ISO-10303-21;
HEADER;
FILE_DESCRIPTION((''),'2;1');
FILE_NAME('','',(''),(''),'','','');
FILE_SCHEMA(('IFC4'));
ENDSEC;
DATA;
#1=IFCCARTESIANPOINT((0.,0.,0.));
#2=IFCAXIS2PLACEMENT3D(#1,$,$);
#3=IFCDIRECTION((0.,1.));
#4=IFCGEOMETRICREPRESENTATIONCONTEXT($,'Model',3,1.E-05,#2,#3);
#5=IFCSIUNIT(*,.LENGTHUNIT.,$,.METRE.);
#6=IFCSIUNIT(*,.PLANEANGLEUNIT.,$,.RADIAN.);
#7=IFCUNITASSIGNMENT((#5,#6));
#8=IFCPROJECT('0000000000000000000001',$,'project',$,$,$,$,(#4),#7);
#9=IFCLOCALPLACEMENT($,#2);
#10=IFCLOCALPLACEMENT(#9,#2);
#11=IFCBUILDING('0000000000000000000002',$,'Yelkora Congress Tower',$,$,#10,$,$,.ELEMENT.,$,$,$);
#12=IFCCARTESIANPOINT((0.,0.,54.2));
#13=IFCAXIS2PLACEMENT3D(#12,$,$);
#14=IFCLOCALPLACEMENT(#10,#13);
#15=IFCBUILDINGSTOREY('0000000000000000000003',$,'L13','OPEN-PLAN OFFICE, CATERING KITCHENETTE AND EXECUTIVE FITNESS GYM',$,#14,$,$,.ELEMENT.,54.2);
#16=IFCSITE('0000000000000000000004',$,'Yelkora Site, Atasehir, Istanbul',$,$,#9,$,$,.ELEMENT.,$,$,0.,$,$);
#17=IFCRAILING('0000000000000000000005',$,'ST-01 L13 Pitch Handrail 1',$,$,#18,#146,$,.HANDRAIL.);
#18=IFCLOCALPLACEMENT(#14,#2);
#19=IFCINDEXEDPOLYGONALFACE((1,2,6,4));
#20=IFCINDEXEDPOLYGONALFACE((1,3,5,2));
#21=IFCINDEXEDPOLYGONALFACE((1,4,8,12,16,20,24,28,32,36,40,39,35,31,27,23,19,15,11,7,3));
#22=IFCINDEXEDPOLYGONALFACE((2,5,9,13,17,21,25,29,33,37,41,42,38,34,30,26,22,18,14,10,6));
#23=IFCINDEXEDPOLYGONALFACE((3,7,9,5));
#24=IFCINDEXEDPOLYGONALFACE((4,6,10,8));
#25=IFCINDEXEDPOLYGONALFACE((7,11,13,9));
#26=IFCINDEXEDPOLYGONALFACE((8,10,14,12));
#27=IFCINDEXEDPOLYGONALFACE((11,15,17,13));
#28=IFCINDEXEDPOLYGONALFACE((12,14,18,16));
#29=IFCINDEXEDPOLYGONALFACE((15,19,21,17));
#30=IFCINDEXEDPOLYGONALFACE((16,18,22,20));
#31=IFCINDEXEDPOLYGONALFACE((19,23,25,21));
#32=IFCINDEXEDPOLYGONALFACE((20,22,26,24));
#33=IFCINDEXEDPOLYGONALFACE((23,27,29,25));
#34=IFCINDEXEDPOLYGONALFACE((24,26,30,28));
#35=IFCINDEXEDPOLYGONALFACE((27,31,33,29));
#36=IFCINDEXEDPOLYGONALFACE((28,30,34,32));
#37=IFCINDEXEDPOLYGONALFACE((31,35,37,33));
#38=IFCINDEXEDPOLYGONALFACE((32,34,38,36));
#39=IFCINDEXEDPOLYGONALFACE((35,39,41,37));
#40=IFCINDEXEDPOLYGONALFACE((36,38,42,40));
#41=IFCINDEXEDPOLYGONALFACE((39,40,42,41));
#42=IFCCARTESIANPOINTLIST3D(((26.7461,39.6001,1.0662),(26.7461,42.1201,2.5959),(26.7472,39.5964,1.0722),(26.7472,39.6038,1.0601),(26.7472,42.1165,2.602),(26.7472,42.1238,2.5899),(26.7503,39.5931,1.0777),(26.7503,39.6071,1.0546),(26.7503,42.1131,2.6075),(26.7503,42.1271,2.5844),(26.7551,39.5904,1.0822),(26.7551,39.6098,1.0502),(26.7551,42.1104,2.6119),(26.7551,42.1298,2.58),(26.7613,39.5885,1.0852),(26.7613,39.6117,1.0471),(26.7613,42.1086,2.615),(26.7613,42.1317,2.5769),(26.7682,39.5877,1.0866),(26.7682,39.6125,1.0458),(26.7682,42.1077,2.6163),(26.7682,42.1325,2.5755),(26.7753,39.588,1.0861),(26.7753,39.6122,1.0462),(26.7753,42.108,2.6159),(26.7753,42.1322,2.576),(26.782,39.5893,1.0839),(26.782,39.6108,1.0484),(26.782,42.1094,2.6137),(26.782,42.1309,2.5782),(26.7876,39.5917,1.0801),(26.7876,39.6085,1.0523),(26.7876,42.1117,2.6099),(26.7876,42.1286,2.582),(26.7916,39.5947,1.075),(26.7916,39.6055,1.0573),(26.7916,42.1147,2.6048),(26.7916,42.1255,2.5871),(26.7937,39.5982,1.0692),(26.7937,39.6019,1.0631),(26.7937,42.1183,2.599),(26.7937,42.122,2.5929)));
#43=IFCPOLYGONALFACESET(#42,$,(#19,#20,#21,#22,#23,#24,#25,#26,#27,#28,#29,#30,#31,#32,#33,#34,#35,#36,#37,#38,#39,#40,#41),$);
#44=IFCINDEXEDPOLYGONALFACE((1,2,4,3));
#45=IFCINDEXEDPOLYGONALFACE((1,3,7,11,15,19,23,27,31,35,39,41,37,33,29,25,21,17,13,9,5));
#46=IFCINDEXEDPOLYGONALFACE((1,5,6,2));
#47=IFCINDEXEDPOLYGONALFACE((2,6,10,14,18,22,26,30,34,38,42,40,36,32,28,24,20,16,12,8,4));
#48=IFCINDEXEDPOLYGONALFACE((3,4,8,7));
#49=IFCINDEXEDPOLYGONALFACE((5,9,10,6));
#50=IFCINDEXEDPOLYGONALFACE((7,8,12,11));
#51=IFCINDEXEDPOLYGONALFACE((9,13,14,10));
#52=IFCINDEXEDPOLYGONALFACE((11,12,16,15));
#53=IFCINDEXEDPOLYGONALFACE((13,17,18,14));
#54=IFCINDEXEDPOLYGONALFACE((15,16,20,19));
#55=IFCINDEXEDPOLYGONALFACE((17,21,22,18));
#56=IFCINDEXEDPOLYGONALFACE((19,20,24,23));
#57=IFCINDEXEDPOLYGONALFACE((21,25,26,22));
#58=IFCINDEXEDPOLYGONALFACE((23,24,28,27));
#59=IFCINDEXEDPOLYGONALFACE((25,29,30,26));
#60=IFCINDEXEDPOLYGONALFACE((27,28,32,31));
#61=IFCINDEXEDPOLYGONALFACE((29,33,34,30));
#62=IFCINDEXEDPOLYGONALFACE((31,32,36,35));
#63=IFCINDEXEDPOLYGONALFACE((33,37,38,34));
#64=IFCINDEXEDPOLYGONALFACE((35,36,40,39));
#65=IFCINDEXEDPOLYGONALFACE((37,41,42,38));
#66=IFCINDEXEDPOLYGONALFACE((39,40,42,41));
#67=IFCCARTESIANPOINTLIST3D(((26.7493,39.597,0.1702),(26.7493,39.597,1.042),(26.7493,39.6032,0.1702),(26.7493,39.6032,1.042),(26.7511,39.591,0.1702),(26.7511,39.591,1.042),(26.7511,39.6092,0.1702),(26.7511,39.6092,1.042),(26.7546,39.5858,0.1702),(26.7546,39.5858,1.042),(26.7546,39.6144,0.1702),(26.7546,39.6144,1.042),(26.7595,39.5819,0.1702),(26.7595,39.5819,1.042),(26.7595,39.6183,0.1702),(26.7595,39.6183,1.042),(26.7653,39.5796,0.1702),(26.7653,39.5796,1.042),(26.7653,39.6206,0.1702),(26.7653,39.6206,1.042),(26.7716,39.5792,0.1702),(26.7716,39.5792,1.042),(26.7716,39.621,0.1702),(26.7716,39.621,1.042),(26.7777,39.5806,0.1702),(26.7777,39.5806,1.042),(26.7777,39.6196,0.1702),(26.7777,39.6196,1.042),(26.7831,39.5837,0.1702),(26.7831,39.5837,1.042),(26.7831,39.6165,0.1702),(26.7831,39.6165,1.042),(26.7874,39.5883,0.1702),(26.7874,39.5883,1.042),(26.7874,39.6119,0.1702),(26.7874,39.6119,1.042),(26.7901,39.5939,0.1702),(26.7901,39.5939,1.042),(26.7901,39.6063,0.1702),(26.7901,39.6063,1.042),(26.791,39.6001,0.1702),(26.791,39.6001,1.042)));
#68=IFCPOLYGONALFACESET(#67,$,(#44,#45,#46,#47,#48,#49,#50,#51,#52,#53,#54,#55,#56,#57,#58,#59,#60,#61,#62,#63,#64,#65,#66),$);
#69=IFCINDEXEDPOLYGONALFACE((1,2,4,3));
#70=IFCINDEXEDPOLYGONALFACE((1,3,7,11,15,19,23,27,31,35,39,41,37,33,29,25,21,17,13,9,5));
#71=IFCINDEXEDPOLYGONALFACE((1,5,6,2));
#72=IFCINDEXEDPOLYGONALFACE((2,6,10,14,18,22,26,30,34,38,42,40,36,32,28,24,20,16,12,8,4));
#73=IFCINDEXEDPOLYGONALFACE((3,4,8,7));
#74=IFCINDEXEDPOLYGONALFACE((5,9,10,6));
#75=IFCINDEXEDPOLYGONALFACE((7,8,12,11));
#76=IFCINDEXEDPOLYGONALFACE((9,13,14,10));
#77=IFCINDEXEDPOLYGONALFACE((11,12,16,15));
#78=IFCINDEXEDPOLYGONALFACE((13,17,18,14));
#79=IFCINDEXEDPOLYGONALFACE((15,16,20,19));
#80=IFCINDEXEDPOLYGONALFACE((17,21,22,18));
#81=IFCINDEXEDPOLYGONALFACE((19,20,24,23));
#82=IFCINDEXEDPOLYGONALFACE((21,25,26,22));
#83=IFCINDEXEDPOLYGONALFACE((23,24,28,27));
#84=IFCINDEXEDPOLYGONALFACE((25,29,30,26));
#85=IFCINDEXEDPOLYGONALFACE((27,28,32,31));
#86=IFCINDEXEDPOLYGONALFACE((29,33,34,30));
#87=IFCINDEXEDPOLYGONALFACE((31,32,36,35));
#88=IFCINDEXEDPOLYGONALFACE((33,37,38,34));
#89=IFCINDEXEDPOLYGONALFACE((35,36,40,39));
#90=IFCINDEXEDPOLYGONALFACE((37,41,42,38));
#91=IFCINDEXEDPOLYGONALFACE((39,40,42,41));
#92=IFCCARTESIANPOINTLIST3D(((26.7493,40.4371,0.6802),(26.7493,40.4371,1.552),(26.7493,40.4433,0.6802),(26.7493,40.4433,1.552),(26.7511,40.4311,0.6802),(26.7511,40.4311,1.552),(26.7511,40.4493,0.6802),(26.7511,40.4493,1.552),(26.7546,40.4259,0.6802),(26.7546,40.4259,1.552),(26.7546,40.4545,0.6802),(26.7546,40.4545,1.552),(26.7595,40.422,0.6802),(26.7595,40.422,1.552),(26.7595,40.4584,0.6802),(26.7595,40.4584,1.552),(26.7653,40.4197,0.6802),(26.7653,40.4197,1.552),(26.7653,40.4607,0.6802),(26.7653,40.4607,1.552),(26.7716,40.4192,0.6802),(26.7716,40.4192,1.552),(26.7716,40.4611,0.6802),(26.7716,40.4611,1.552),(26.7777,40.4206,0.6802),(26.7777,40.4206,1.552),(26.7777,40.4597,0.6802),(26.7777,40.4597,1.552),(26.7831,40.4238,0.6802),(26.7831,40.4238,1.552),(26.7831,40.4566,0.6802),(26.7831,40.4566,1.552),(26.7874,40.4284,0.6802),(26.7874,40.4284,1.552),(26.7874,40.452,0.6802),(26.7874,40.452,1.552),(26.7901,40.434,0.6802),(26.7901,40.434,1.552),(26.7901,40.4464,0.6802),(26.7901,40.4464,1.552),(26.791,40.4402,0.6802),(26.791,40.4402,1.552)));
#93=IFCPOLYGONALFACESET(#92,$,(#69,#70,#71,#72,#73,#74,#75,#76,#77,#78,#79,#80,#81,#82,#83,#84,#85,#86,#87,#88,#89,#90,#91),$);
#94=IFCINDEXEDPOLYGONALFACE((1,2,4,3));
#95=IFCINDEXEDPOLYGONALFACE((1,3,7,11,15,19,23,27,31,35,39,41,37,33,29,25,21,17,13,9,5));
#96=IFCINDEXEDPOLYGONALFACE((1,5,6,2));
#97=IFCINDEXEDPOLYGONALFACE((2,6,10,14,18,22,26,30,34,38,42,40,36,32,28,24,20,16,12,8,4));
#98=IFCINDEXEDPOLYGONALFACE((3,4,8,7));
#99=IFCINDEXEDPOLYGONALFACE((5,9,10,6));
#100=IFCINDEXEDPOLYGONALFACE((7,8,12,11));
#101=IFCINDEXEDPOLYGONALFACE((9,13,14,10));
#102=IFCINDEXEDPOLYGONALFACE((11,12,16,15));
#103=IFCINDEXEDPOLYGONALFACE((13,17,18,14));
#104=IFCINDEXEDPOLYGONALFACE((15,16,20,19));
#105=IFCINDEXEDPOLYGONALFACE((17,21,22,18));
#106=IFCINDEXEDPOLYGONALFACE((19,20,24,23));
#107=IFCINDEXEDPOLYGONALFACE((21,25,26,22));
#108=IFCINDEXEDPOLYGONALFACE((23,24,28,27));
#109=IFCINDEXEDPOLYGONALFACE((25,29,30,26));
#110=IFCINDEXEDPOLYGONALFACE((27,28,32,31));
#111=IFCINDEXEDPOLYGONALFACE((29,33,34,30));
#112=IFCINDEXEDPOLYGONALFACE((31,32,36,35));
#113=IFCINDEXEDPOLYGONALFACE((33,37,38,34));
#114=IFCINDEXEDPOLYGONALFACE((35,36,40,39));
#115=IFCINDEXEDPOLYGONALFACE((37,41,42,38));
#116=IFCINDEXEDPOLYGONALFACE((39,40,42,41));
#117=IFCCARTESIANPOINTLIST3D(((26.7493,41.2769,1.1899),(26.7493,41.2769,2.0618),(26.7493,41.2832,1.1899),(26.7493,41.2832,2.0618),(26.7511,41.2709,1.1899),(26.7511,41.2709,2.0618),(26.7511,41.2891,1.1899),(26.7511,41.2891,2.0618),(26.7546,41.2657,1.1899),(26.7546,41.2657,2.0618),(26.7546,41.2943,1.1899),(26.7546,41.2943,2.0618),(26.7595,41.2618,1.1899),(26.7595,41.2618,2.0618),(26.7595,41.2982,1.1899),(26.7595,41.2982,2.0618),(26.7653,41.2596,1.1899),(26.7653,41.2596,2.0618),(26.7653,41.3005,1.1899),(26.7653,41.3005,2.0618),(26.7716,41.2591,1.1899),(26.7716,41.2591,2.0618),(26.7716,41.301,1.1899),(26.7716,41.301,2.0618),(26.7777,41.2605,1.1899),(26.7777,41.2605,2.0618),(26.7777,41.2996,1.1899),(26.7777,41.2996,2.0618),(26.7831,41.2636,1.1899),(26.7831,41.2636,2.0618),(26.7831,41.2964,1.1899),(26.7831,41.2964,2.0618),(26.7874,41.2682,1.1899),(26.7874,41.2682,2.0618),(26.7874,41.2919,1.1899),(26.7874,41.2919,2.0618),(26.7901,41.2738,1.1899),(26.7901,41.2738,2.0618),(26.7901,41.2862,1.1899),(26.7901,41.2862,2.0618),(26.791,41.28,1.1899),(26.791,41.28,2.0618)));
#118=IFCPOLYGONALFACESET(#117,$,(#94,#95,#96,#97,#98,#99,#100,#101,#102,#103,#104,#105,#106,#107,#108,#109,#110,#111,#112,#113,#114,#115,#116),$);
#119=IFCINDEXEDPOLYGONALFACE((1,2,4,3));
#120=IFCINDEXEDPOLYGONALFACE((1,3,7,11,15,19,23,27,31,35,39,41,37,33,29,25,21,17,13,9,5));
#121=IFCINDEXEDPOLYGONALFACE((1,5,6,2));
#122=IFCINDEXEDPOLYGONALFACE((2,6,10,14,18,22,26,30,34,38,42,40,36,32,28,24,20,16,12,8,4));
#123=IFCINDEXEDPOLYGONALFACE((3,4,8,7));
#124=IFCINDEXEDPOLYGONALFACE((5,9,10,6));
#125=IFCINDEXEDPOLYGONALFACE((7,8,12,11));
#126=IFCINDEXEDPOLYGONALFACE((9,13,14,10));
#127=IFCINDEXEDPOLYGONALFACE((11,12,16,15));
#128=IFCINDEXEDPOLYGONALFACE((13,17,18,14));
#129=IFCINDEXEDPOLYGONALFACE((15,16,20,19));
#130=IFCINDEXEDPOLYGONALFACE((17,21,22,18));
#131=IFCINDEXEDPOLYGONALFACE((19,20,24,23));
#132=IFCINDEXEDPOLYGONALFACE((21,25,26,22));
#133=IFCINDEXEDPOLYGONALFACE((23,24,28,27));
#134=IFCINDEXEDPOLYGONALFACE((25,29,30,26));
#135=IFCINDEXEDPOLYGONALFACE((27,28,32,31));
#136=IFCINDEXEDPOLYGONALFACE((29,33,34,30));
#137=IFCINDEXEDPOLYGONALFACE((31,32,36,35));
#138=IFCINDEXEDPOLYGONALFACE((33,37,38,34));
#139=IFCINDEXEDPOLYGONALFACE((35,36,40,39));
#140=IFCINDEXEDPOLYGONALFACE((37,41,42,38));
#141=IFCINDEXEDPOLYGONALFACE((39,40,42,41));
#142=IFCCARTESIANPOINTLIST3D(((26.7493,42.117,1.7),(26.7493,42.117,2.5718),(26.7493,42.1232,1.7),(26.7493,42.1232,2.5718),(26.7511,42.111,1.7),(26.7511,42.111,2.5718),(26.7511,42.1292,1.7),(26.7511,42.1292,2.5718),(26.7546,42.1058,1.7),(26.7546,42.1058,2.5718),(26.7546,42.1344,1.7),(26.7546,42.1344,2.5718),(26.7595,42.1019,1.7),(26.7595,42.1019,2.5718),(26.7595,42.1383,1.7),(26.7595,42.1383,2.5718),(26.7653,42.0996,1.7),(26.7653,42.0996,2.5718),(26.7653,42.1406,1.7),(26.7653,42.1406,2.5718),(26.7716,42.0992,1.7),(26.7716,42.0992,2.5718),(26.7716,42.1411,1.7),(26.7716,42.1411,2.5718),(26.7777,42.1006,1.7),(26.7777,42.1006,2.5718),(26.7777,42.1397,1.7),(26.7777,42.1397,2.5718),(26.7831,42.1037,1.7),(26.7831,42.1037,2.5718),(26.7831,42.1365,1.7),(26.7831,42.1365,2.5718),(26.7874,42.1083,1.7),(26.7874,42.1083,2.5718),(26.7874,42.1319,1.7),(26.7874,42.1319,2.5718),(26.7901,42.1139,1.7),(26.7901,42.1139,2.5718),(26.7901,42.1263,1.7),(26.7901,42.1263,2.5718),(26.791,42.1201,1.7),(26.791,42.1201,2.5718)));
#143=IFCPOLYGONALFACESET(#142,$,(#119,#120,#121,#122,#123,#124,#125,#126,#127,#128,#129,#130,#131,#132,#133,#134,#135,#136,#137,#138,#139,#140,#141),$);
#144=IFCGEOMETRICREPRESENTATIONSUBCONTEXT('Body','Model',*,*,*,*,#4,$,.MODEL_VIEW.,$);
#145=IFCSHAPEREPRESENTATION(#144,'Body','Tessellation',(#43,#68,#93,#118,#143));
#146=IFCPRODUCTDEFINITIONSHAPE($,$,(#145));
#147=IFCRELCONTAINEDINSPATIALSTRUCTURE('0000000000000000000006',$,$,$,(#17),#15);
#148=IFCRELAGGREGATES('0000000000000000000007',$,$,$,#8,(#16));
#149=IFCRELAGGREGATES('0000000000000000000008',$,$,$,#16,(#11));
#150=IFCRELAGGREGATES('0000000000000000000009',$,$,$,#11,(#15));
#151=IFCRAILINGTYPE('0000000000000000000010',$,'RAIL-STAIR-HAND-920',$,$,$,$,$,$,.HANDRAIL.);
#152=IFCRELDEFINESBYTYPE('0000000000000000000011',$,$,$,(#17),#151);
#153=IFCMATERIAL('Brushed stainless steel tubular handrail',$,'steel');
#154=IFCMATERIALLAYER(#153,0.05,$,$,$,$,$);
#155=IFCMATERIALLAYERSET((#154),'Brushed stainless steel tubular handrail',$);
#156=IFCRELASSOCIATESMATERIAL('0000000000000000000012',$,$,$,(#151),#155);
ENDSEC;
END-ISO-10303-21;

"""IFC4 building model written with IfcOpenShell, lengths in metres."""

from ifc_helpers import new_model, si_unit, direction, frame, origin, origin_2d, place, context, subcontext, project, spatial, circle, extrude, material, layer, layer_set, type_object, element, save


model = new_model("IFC4")

# Units and contexts
model_context = context("Model", 3, precision=1e-05, world=origin(), true_north=direction((0.0, 1.0)))
body_context = subcontext(model_context, "Body", "Model", "MODEL_VIEW")
ifc_project = project(units=[si_unit("LENGTHUNIT", "METRE"), si_unit("PLANEANGLEUNIT", "RADIAN")], contexts=[model_context])

# Site, building, storey
site_placement = place(None, origin())
site = spatial("IfcSite", under=ifc_project, at=site_placement, Name="Yelkora Site, Atasehir, Istanbul", CompositionType="ELEMENT", RefElevation=0.0)
building_placement = place(site_placement, origin())
building = spatial("IfcBuilding", under=site, at=building_placement, Name="Yelkora Congress Tower", CompositionType="ELEMENT")
storey_placement = place(building_placement, frame((0.0, 0.0, 54.2)))
storey = spatial("IfcBuildingStorey", under=building, at=storey_placement, Name="L13", Description="OPEN-PLAN OFFICE, CATERING KITCHENETTE AND EXECUTIVE FITNESS GYM", CompositionType="ELEMENT", Elevation=54.2)

# Railing
ifc_material_1 = material(Name="Brushed stainless steel tubular handrail", Category="steel")
ifc_layer_1 = layer(ifc_material_1, 0.05)
ifc_layer_set_1 = layer_set([ifc_layer_1], Name="Brushed stainless steel tubular handrail")
railing_type_1 = type_object("IfcRailingType", Name="RAIL-STAIR-HAND-920", PredefinedType="HANDRAIL", material=ifc_layer_set_1)
railing_1_placement = place(storey_placement, frame((26.77, 39.6001, 0.1702)))
element("IfcRailing", 1, at=railing_1_placement, inside=storey, type_object=railing_type_1, Name="ST-01 L13 Pitch Handrail 1", PredefinedType="HANDRAIL", context=body_context, shape_type="SweptSolid", body=[
    extrude(circle(Radius=0.0239, at=origin_2d()), frame((0.0, 0.0, 0.896), z_axis=(0.0, 0.854822, 0.518922), x_axis=(-1.0, 0.0, 0.0)), (0.0, 0.0, 1.0), 2.948),
    extrude(circle(Radius=0.021, at=origin_2d()), origin(), (0.0, 0.0, 1.0), 0.8718),
    extrude(circle(Radius=0.021, at=origin_2d()), frame((0.0, 0.8401, 0.51)), (0.0, 0.0, 1.0), 0.8718),
    extrude(circle(Radius=0.021, at=origin_2d()), frame((0.0, 1.6799, 1.0198)), (0.0, 0.0, 1.0), 0.8718),
    extrude(circle(Radius=0.021, at=origin_2d()), frame((0.0, 2.52, 1.5298)), (0.0, 0.0, 1.0), 0.8718),
])

save(model, "model.ifc")
